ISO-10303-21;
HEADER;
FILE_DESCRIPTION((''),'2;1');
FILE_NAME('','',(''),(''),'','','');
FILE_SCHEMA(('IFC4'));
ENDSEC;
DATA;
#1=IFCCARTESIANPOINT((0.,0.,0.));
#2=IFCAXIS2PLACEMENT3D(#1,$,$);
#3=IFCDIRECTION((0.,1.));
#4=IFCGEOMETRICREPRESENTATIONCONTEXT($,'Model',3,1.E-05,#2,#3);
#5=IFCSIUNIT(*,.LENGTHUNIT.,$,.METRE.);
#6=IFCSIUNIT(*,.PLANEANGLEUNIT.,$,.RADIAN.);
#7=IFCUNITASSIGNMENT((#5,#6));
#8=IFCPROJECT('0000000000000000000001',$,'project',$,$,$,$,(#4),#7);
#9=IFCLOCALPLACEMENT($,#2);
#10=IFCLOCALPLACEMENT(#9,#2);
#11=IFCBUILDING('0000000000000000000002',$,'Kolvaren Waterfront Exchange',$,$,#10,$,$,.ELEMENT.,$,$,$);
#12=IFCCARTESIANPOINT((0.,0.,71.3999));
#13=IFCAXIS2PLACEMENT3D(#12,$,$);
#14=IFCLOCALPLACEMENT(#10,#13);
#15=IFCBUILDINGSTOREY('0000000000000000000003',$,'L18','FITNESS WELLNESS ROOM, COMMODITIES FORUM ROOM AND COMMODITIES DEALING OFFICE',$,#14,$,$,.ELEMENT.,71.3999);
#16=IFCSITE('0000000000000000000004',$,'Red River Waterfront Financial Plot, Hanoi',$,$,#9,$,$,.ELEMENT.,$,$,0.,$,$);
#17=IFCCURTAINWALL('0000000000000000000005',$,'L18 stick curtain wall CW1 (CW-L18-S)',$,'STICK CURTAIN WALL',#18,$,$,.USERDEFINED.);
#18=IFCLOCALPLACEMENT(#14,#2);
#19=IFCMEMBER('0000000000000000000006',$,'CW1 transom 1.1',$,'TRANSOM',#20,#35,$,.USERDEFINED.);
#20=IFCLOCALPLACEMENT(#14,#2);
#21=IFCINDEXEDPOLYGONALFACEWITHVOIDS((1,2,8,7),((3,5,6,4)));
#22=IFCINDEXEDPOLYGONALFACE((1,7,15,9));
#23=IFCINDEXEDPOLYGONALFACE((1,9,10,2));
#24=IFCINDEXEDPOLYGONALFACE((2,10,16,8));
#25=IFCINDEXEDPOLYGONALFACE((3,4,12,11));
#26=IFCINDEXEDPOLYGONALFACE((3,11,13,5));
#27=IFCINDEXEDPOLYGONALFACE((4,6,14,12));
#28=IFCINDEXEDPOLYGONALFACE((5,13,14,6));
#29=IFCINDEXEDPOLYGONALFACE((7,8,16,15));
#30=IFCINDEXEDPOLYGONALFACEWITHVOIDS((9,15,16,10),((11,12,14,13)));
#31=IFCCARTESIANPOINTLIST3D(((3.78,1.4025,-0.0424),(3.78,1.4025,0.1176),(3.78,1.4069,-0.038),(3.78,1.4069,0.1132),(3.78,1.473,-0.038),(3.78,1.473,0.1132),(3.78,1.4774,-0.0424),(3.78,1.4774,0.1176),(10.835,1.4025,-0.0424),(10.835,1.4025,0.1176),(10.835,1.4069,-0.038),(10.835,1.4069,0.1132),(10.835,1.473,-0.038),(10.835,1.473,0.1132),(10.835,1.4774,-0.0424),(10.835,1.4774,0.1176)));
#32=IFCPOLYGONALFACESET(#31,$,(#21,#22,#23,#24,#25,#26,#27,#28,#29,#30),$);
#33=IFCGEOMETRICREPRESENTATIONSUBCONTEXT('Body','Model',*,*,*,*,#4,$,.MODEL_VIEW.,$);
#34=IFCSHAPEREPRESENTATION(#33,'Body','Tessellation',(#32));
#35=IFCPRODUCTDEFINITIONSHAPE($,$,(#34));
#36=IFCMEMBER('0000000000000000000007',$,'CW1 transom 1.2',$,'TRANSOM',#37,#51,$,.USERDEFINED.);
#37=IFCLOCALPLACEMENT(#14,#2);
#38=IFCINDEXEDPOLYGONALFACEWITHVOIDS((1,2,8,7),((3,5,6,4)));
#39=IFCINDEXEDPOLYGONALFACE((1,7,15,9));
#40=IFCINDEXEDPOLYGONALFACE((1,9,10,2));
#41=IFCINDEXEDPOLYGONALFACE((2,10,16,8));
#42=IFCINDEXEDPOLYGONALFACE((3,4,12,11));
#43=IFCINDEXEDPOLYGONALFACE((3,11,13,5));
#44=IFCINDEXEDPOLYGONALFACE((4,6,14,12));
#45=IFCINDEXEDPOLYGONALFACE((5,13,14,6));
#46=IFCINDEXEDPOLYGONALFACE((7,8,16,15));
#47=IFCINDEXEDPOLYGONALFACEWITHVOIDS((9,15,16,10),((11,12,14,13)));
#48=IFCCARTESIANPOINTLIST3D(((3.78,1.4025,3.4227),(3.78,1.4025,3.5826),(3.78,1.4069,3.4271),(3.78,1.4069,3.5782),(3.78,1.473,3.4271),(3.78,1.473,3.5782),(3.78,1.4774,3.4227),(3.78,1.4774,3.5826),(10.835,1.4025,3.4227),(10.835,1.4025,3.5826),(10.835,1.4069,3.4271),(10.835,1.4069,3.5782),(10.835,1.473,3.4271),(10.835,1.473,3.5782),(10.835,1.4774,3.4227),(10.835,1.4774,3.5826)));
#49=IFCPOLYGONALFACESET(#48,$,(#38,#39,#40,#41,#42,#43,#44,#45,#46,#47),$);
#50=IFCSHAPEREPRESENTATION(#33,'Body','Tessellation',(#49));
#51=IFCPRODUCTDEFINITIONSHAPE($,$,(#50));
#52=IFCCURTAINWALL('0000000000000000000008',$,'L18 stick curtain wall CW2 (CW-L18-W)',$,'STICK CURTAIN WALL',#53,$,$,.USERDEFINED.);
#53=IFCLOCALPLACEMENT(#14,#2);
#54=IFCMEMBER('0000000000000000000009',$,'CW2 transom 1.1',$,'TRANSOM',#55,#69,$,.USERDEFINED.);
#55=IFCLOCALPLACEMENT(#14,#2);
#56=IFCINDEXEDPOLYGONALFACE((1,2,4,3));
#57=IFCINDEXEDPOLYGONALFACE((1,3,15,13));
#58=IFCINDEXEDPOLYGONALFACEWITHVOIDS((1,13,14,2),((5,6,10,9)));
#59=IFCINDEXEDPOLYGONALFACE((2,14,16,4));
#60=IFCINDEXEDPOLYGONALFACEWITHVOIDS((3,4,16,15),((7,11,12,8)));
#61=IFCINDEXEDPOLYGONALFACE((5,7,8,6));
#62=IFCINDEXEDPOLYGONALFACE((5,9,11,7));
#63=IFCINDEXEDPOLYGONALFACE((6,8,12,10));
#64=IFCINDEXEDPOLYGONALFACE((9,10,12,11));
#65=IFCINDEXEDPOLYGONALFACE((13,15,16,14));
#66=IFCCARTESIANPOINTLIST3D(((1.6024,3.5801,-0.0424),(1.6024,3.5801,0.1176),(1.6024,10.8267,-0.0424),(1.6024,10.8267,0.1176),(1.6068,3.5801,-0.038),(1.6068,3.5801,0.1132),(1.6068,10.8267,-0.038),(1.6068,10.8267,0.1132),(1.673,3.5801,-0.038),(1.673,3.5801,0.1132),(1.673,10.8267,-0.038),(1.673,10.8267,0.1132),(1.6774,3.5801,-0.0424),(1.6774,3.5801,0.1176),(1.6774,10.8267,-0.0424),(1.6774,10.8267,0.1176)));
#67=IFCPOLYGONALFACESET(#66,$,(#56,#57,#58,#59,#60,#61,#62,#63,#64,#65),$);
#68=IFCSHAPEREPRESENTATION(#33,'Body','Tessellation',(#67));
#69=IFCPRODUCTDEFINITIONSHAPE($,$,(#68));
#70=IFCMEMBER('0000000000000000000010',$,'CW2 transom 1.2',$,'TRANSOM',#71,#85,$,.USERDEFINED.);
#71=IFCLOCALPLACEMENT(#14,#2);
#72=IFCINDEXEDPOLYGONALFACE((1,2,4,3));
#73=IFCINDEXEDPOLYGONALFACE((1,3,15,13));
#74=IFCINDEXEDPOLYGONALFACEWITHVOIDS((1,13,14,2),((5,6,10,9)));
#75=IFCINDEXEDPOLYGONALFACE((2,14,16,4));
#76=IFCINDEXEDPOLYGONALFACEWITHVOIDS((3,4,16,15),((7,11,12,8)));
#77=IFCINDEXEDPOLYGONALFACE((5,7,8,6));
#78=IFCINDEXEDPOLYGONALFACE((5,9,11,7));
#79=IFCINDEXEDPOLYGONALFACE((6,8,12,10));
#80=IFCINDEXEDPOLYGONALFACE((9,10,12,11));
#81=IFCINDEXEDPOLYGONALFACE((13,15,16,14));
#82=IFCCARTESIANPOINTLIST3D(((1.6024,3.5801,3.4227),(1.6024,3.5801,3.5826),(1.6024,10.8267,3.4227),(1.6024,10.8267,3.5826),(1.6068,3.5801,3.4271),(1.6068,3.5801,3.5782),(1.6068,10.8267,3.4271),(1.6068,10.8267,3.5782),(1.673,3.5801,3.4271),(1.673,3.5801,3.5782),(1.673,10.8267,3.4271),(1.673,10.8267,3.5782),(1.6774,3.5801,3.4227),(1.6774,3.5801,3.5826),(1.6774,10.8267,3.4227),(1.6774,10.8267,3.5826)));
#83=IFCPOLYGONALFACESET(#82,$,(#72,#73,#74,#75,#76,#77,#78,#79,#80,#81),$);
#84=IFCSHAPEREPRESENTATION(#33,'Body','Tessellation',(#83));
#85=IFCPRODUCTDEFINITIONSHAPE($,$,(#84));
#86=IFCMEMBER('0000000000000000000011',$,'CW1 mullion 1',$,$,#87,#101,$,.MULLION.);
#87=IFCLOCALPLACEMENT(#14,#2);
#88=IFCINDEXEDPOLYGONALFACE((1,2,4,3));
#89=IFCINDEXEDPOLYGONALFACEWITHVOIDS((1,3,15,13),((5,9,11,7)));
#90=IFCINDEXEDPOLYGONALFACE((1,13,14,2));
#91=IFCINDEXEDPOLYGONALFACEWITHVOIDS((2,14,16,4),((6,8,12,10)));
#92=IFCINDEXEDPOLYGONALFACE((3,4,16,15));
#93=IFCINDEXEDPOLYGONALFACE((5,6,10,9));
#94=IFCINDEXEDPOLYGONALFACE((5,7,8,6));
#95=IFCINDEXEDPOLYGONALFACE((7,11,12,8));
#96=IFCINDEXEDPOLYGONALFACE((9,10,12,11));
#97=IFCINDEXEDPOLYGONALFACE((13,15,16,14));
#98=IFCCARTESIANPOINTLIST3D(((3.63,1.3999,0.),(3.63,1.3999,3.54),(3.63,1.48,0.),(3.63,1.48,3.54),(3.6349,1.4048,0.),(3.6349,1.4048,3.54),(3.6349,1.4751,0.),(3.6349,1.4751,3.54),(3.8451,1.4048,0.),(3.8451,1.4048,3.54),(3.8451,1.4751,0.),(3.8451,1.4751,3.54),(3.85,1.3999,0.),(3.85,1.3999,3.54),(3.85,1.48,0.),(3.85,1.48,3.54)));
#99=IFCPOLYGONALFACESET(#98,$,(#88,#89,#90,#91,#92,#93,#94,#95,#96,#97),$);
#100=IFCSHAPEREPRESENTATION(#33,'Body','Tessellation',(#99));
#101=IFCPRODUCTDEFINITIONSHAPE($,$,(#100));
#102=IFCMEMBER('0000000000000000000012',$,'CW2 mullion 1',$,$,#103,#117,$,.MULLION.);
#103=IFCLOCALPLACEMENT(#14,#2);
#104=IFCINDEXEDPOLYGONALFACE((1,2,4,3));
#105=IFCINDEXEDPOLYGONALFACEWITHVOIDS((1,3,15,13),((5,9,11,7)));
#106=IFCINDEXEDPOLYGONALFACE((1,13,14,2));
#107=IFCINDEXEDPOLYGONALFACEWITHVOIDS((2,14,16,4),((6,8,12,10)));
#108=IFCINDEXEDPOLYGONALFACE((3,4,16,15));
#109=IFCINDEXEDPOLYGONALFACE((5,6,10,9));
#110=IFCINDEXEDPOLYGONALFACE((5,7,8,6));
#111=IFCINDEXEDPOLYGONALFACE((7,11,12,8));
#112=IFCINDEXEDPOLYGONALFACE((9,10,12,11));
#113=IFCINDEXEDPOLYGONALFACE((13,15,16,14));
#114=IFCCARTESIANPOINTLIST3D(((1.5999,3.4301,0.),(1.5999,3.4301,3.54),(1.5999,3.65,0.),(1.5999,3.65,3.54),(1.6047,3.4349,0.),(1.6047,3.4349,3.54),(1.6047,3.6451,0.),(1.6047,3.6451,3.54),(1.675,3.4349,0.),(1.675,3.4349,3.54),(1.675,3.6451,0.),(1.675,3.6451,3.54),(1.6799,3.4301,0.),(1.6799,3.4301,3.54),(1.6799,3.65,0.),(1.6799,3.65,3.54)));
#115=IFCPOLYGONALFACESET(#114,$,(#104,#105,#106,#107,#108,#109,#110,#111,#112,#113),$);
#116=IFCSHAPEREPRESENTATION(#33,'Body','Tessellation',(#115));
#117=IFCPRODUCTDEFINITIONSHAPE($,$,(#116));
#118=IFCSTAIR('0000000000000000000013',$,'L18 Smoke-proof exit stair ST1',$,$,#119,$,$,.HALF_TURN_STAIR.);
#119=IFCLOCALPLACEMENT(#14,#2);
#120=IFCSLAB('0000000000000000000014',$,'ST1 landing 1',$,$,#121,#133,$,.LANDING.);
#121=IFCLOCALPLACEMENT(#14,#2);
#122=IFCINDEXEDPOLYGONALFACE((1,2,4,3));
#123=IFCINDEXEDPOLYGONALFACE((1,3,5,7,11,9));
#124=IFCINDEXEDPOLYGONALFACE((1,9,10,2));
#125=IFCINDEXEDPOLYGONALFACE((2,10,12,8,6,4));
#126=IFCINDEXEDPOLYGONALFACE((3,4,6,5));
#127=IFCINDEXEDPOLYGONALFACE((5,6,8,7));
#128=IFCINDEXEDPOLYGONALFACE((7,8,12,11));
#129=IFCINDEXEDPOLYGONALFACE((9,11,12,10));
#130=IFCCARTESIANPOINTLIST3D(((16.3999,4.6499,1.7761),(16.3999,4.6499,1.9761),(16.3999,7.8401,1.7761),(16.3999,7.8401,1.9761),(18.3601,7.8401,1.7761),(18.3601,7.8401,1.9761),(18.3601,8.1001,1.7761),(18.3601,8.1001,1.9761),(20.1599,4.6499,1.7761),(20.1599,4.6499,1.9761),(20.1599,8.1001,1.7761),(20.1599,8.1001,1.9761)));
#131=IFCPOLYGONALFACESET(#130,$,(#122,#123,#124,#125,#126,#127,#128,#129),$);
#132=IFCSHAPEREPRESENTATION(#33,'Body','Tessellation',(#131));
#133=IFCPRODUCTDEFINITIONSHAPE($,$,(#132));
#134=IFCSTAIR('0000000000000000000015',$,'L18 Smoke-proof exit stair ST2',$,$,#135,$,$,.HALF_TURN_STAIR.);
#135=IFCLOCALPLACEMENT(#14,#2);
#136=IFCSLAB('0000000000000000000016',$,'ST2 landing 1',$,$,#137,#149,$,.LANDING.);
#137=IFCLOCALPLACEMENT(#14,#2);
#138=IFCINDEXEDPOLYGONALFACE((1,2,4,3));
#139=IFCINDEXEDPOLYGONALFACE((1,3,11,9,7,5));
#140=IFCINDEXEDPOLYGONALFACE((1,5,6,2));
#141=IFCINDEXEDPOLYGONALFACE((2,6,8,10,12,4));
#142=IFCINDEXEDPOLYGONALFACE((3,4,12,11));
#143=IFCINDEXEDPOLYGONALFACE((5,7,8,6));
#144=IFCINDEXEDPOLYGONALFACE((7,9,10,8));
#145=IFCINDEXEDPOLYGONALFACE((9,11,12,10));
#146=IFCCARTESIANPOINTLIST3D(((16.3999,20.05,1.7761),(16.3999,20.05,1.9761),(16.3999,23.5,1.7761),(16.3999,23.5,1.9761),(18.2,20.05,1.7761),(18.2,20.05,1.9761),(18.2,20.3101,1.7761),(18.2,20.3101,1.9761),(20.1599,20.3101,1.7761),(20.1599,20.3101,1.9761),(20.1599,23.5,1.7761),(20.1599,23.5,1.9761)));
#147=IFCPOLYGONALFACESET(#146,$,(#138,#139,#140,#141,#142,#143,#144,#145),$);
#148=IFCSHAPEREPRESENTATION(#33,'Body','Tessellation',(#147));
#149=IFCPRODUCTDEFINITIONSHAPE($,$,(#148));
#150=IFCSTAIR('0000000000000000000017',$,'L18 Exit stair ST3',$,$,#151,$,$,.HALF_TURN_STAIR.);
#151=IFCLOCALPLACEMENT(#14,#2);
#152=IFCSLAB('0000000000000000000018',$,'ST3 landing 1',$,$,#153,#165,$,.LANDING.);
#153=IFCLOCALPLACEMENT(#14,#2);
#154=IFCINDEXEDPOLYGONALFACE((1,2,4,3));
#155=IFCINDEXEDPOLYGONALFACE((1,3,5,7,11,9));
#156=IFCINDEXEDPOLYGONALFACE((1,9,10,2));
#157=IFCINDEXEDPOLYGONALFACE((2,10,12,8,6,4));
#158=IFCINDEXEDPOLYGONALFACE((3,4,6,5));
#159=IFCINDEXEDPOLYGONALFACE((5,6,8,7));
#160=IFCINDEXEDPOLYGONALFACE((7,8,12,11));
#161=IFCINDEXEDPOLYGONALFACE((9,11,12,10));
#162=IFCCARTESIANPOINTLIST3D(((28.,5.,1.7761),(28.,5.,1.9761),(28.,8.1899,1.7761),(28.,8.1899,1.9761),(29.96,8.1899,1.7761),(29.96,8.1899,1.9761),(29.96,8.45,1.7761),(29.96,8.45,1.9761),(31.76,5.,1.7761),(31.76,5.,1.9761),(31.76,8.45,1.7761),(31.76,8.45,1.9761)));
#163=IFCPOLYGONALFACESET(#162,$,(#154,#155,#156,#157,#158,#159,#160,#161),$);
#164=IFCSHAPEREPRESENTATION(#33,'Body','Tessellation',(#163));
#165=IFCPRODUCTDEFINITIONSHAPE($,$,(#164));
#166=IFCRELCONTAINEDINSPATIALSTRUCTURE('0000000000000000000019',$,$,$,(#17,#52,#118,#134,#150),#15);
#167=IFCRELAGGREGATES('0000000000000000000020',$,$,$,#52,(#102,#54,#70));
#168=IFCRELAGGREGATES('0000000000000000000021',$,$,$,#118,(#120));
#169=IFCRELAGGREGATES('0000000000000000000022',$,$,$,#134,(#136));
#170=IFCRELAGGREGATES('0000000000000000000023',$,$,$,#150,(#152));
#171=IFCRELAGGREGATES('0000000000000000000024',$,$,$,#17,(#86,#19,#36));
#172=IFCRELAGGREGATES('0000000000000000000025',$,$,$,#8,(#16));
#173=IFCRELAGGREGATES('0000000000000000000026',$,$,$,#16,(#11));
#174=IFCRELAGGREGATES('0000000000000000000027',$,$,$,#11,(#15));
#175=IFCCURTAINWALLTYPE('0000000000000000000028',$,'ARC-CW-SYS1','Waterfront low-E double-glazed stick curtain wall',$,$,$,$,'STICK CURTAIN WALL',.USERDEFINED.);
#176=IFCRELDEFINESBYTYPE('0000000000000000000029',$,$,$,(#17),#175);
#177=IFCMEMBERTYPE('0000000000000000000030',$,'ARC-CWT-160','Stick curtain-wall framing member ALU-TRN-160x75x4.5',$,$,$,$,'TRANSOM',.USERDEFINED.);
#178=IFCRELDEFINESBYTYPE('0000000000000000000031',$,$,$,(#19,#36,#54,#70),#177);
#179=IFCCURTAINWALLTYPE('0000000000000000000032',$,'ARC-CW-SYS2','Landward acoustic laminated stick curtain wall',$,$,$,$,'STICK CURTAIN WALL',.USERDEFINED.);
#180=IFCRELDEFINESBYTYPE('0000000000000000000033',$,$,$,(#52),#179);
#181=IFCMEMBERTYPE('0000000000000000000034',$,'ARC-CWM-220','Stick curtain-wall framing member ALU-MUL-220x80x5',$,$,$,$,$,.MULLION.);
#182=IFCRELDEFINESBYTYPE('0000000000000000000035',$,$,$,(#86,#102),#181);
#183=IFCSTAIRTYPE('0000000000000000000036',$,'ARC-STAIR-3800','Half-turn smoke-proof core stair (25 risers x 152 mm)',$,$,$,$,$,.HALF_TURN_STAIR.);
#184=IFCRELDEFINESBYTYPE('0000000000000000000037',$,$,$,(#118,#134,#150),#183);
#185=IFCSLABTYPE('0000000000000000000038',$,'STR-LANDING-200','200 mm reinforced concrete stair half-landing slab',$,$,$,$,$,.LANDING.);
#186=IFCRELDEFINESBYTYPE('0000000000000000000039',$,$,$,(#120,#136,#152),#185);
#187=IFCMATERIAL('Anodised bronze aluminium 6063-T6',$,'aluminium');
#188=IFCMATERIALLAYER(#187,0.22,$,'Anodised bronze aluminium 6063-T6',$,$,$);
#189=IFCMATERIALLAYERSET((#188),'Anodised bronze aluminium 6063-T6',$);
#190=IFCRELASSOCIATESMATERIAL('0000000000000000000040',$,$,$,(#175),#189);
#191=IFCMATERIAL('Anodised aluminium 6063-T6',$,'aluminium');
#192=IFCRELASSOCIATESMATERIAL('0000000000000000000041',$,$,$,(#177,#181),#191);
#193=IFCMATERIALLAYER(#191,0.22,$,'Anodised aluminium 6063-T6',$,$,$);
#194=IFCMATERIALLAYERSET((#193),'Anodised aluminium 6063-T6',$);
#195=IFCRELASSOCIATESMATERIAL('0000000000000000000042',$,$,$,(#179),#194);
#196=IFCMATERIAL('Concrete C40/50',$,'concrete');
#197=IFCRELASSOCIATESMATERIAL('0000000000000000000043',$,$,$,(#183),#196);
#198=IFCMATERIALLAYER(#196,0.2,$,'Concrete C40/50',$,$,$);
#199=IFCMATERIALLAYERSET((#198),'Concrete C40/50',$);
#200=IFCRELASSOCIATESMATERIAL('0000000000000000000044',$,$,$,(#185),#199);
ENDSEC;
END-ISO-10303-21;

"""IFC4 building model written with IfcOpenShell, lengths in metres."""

from ifc_helpers import new_model, si_unit, direction, frame, origin, origin_with_axes, origin_2d, place, context, subcontext, project, spatial, polyline, hollow_rectangle, outline, extrude, source, transform, mapped, material, layer, layer_set, material_profile, profile_set, type_object, element, aggregate, save


model = new_model("IFC4")

# Units and contexts
model_context = context("Model", 3, precision=1e-05, world=origin(), true_north=direction((0.0, 1.0)))
body_context = subcontext(model_context, "Body", "Model", "MODEL_VIEW")
ifc_project = project(units=[si_unit("LENGTHUNIT", "METRE"), si_unit("PLANEANGLEUNIT", "RADIAN")], contexts=[model_context])

# Site, building, storey
site_placement = place(None, origin())
site = spatial("IfcSite", under=ifc_project, at=site_placement, Name="Red River Waterfront Financial Plot, Hanoi", CompositionType="ELEMENT", RefElevation=0.0)
building_placement = place(site_placement, origin())
building = spatial("IfcBuilding", under=site, at=building_placement, Name="Kolvaren Waterfront Exchange", CompositionType="ELEMENT")
storey_placement = place(building_placement, frame((0.0, 0.0, 71.3999)))
storey = spatial("IfcBuildingStorey", under=building, at=storey_placement, Name="L18", Description="FITNESS WELLNESS ROOM, COMMODITIES FORUM ROOM AND COMMODITIES DEALING OFFICE", CompositionType="ELEMENT", Elevation=71.3999)

# Curtain walls, members
ifc_material_1 = material(Name="Anodised bronze aluminium 6063-T6", Category="aluminium")
ifc_layer_1 = layer(ifc_material_1, 0.22, Name="Anodised bronze aluminium 6063-T6")
ifc_layer_set_1 = layer_set([ifc_layer_1], Name="Anodised bronze aluminium 6063-T6")
curtain_wall_type_1 = type_object("IfcCurtainWallType", Name="ARC-CW-SYS1", Description="Waterfront low-E double-glazed stick curtain wall", ElementType="STICK CURTAIN WALL", PredefinedType="USERDEFINED", material=ifc_layer_set_1)
curtain_wall_1_placement = place(storey_placement, origin())
curtain_wall_1 = element("IfcCurtainWall", 1, at=curtain_wall_1_placement, inside=storey, type_object=curtain_wall_type_1, Name="L18 stick curtain wall CW1 (CW-L18-S)", ObjectType="STICK CURTAIN WALL", PredefinedType="USERDEFINED")
ifc_material_2 = material(Name="Anodised aluminium 6063-T6", Category="aluminium")
ifc_material_profile_1 = material_profile(ifc_material_2, hollow_rectangle(XDim=0.075, YDim=0.1599, WallThickness=0.0044, at=origin_2d()), Name="ALU-TRN-160x75x4.5")
ifc_profile_set_1 = profile_set([ifc_material_profile_1], Name="Anodised aluminium 6063-T6")
member_type_1 = type_object("IfcMemberType", Name="ARC-CWT-160", Description="Stick curtain-wall framing member ALU-TRN-160x75x4.5", ElementType="TRANSOM", PredefinedType="USERDEFINED", material=ifc_profile_set_1)
shared_shape_1 = source(origin_with_axes(), body_context, "Body", "SweptSolid", [
    extrude(hollow_rectangle(XDim=0.075, YDim=0.1599, WallThickness=0.0044, at=origin_2d()), origin(), (0.0, 0.0, 1.0), 7.0549),
])
member_1_placement = place(storey_placement, frame((3.78, 1.4399, 0.0376), z_axis=(1.0, 0.0, 0.0), x_axis=(0.0, 1.0, 0.0)))
member_1 = element("IfcMember", 2, at=member_1_placement, type_object=member_type_1, Name="CW1 transom 1.1", ObjectType="TRANSOM", PredefinedType="USERDEFINED", context=body_context, shape_type="MappedRepresentation", body=[
    mapped(shared_shape_1, transform((0.0, 0.0, 0.0), x_axis=(1.0, 0.0, 0.0), y_axis=(0.0, 1.0, 0.0), z_axis=(0.0, 0.0, 1.0), scale=1.0)),
])
member_2_placement = place(storey_placement, frame((3.78, 1.4399, 3.5027), z_axis=(1.0, 0.0, 0.0), x_axis=(0.0, 1.0, 0.0)))
member_2 = element("IfcMember", 3, at=member_2_placement, type_object=member_type_1, Name="CW1 transom 1.2", ObjectType="TRANSOM", PredefinedType="USERDEFINED", context=body_context, shape_type="MappedRepresentation", body=[
    mapped(shared_shape_1, transform((0.0, 0.0, 0.0), x_axis=(1.0, 0.0, 0.0), y_axis=(0.0, 1.0, 0.0), z_axis=(0.0, 0.0, 1.0), scale=1.0)),
])
ifc_layer_2 = layer(ifc_material_2, 0.22, Name="Anodised aluminium 6063-T6")
ifc_layer_set_2 = layer_set([ifc_layer_2], Name="Anodised aluminium 6063-T6")
curtain_wall_type_2 = type_object("IfcCurtainWallType", Name="ARC-CW-SYS2", Description="Landward acoustic laminated stick curtain wall", ElementType="STICK CURTAIN WALL", PredefinedType="USERDEFINED", material=ifc_layer_set_2)
curtain_wall_2_placement = place(storey_placement, origin())
curtain_wall_2 = element("IfcCurtainWall", 4, at=curtain_wall_2_placement, inside=storey, type_object=curtain_wall_type_2, Name="L18 stick curtain wall CW2 (CW-L18-W)", ObjectType="STICK CURTAIN WALL", PredefinedType="USERDEFINED")
shared_shape_2 = source(origin_with_axes(), body_context, "Body", "SweptSolid", [
    extrude(hollow_rectangle(XDim=0.075, YDim=0.1599, WallThickness=0.0044, at=origin_2d()), origin(), (0.0, 0.0, 1.0), 7.2466),
])
member_3_placement = place(storey_placement, frame((1.6399, 3.5801, 0.0376), z_axis=(0.0, 1.0, 0.0), x_axis=(-1.0, 0.0, 0.0)))
member_3 = element("IfcMember", 5, at=member_3_placement, type_object=member_type_1, Name="CW2 transom 1.1", ObjectType="TRANSOM", PredefinedType="USERDEFINED", context=body_context, shape_type="MappedRepresentation", body=[
    mapped(shared_shape_2, transform((0.0, 0.0, 0.0), x_axis=(1.0, 0.0, 0.0), y_axis=(0.0, 1.0, 0.0), z_axis=(0.0, 0.0, 1.0), scale=1.0)),
])
member_4_placement = place(storey_placement, frame((1.6399, 3.5801, 3.5027), z_axis=(0.0, 1.0, 0.0), x_axis=(-1.0, 0.0, 0.0)))
member_4 = element("IfcMember", 6, at=member_4_placement, type_object=member_type_1, Name="CW2 transom 1.2", ObjectType="TRANSOM", PredefinedType="USERDEFINED", context=body_context, shape_type="MappedRepresentation", body=[
    mapped(shared_shape_2, transform((0.0, 0.0, 0.0), x_axis=(1.0, 0.0, 0.0), y_axis=(0.0, 1.0, 0.0), z_axis=(0.0, 0.0, 1.0), scale=1.0)),
])

# Members
ifc_material_profile_2 = material_profile(ifc_material_2, hollow_rectangle(XDim=0.0801, YDim=0.22, WallThickness=0.0049, at=origin_2d()), Name="ALU-MUL-220x80x5")
ifc_profile_set_2 = profile_set([ifc_material_profile_2], Name="Anodised aluminium 6063-T6")
member_type_2 = type_object("IfcMemberType", Name="ARC-CWM-220", Description="Stick curtain-wall framing member ALU-MUL-220x80x5", PredefinedType="MULLION", material=ifc_profile_set_2)
shared_shape_3 = source(origin_with_axes(), body_context, "Body", "SweptSolid", [
    extrude(hollow_rectangle(XDim=0.0801, YDim=0.22, WallThickness=0.0049, at=origin_2d()), origin(), (0.0, 0.0, 1.0), 3.54),
])
member_5_placement = place(storey_placement, frame((3.74, 1.4399, 0.0), z_axis=(0.0, 0.0, 1.0), x_axis=(0.0, 1.0, 0.0)))
member_5 = element("IfcMember", 7, at=member_5_placement, type_object=member_type_2, Name="CW1 mullion 1", PredefinedType="MULLION", context=body_context, shape_type="MappedRepresentation", body=[
    mapped(shared_shape_3, transform((0.0, 0.0, 0.0), x_axis=(1.0, 0.0, 0.0), y_axis=(0.0, 1.0, 0.0), z_axis=(0.0, 0.0, 1.0), scale=1.0)),
])
member_6_placement = place(storey_placement, frame((1.6399, 3.54, 0.0), z_axis=(0.0, 0.0, 1.0), x_axis=(-1.0, 0.0, 0.0)))
member_6 = element("IfcMember", 8, at=member_6_placement, type_object=member_type_2, Name="CW2 mullion 1", PredefinedType="MULLION", context=body_context, shape_type="MappedRepresentation", body=[
    mapped(shared_shape_3, transform((0.0, 0.0, 0.0), x_axis=(1.0, 0.0, 0.0), y_axis=(0.0, 1.0, 0.0), z_axis=(0.0, 0.0, 1.0), scale=1.0)),
])
aggregate(curtain_wall_2, [member_6, member_3, member_4])

# Stairs, slabs
ifc_material_3 = material(Name="Concrete C40/50", Category="concrete")
stair_type = type_object("IfcStairType", Name="ARC-STAIR-3800", Description="Half-turn smoke-proof core stair (25 risers x 152 mm)", PredefinedType="HALF_TURN_STAIR", material=ifc_material_3)
stair_1_placement = place(storey_placement, origin())
stair_1 = element("IfcStair", 9, at=stair_1_placement, inside=storey, type_object=stair_type, Name="L18 Smoke-proof exit stair ST1", PredefinedType="HALF_TURN_STAIR")
ifc_layer_3 = layer(ifc_material_3, 0.2, Name="Concrete C40/50")
ifc_layer_set_3 = layer_set([ifc_layer_3], Name="Concrete C40/50")
slab_type_1 = type_object("IfcSlabType", Name="STR-LANDING-200", Description="200 mm reinforced concrete stair half-landing slab", PredefinedType="LANDING", material=ifc_layer_set_3)
slab_1_placement = place(storey_placement, frame((0.0, 0.0, 1.7761)))
slab_1 = element("IfcSlab", 10, at=slab_1_placement, type_object=slab_type_1, Name="ST1 landing 1", PredefinedType="LANDING", context=body_context, shape_type="SweptSolid", body=[
    extrude(outline(polyline([(16.3999, 7.8401), (16.3999, 4.6499), (20.1599, 4.6499), (20.1599, 8.1001), (18.3601, 8.1001), (18.3601, 7.8401), (16.3999, 7.8401)])), origin(), (0.0, 0.0, 1.0), 0.2),
])
aggregate(stair_1, [slab_1])
stair_2_placement = place(storey_placement, origin())
stair_2 = element("IfcStair", 11, at=stair_2_placement, inside=storey, type_object=stair_type, Name="L18 Smoke-proof exit stair ST2", PredefinedType="HALF_TURN_STAIR")
slab_2_placement = place(storey_placement, frame((0.0, 0.0, 1.7761)))
slab_2 = element("IfcSlab", 12, at=slab_2_placement, type_object=slab_type_1, Name="ST2 landing 1", PredefinedType="LANDING", context=body_context, shape_type="SweptSolid", body=[
    extrude(outline(polyline([(20.1599, 20.3101), (20.1599, 23.5), (16.3999, 23.5), (16.3999, 20.05), (18.2, 20.05), (18.2, 20.3101), (20.1599, 20.3101)])), origin(), (0.0, 0.0, 1.0), 0.2),
])
aggregate(stair_2, [slab_2])
stair_3_placement = place(storey_placement, origin())
stair_3 = element("IfcStair", 13, at=stair_3_placement, inside=storey, type_object=stair_type, Name="L18 Exit stair ST3", PredefinedType="HALF_TURN_STAIR")
slab_3_placement = place(storey_placement, frame((0.0, 0.0, 1.7761)))
slab_3 = element("IfcSlab", 14, at=slab_3_placement, type_object=slab_type_1, Name="ST3 landing 1", PredefinedType="LANDING", context=body_context, shape_type="SweptSolid", body=[
    extrude(outline(polyline([(28.0, 8.1899), (28.0, 5.0), (31.76, 5.0), (31.76, 8.45), (29.96, 8.45), (29.96, 8.1899), (28.0, 8.1899)])), origin(), (0.0, 0.0, 1.0), 0.2),
])
aggregate(stair_3, [slab_3])

aggregate(curtain_wall_1, [member_5, member_1, member_2])

save(model, "model.ifc")
